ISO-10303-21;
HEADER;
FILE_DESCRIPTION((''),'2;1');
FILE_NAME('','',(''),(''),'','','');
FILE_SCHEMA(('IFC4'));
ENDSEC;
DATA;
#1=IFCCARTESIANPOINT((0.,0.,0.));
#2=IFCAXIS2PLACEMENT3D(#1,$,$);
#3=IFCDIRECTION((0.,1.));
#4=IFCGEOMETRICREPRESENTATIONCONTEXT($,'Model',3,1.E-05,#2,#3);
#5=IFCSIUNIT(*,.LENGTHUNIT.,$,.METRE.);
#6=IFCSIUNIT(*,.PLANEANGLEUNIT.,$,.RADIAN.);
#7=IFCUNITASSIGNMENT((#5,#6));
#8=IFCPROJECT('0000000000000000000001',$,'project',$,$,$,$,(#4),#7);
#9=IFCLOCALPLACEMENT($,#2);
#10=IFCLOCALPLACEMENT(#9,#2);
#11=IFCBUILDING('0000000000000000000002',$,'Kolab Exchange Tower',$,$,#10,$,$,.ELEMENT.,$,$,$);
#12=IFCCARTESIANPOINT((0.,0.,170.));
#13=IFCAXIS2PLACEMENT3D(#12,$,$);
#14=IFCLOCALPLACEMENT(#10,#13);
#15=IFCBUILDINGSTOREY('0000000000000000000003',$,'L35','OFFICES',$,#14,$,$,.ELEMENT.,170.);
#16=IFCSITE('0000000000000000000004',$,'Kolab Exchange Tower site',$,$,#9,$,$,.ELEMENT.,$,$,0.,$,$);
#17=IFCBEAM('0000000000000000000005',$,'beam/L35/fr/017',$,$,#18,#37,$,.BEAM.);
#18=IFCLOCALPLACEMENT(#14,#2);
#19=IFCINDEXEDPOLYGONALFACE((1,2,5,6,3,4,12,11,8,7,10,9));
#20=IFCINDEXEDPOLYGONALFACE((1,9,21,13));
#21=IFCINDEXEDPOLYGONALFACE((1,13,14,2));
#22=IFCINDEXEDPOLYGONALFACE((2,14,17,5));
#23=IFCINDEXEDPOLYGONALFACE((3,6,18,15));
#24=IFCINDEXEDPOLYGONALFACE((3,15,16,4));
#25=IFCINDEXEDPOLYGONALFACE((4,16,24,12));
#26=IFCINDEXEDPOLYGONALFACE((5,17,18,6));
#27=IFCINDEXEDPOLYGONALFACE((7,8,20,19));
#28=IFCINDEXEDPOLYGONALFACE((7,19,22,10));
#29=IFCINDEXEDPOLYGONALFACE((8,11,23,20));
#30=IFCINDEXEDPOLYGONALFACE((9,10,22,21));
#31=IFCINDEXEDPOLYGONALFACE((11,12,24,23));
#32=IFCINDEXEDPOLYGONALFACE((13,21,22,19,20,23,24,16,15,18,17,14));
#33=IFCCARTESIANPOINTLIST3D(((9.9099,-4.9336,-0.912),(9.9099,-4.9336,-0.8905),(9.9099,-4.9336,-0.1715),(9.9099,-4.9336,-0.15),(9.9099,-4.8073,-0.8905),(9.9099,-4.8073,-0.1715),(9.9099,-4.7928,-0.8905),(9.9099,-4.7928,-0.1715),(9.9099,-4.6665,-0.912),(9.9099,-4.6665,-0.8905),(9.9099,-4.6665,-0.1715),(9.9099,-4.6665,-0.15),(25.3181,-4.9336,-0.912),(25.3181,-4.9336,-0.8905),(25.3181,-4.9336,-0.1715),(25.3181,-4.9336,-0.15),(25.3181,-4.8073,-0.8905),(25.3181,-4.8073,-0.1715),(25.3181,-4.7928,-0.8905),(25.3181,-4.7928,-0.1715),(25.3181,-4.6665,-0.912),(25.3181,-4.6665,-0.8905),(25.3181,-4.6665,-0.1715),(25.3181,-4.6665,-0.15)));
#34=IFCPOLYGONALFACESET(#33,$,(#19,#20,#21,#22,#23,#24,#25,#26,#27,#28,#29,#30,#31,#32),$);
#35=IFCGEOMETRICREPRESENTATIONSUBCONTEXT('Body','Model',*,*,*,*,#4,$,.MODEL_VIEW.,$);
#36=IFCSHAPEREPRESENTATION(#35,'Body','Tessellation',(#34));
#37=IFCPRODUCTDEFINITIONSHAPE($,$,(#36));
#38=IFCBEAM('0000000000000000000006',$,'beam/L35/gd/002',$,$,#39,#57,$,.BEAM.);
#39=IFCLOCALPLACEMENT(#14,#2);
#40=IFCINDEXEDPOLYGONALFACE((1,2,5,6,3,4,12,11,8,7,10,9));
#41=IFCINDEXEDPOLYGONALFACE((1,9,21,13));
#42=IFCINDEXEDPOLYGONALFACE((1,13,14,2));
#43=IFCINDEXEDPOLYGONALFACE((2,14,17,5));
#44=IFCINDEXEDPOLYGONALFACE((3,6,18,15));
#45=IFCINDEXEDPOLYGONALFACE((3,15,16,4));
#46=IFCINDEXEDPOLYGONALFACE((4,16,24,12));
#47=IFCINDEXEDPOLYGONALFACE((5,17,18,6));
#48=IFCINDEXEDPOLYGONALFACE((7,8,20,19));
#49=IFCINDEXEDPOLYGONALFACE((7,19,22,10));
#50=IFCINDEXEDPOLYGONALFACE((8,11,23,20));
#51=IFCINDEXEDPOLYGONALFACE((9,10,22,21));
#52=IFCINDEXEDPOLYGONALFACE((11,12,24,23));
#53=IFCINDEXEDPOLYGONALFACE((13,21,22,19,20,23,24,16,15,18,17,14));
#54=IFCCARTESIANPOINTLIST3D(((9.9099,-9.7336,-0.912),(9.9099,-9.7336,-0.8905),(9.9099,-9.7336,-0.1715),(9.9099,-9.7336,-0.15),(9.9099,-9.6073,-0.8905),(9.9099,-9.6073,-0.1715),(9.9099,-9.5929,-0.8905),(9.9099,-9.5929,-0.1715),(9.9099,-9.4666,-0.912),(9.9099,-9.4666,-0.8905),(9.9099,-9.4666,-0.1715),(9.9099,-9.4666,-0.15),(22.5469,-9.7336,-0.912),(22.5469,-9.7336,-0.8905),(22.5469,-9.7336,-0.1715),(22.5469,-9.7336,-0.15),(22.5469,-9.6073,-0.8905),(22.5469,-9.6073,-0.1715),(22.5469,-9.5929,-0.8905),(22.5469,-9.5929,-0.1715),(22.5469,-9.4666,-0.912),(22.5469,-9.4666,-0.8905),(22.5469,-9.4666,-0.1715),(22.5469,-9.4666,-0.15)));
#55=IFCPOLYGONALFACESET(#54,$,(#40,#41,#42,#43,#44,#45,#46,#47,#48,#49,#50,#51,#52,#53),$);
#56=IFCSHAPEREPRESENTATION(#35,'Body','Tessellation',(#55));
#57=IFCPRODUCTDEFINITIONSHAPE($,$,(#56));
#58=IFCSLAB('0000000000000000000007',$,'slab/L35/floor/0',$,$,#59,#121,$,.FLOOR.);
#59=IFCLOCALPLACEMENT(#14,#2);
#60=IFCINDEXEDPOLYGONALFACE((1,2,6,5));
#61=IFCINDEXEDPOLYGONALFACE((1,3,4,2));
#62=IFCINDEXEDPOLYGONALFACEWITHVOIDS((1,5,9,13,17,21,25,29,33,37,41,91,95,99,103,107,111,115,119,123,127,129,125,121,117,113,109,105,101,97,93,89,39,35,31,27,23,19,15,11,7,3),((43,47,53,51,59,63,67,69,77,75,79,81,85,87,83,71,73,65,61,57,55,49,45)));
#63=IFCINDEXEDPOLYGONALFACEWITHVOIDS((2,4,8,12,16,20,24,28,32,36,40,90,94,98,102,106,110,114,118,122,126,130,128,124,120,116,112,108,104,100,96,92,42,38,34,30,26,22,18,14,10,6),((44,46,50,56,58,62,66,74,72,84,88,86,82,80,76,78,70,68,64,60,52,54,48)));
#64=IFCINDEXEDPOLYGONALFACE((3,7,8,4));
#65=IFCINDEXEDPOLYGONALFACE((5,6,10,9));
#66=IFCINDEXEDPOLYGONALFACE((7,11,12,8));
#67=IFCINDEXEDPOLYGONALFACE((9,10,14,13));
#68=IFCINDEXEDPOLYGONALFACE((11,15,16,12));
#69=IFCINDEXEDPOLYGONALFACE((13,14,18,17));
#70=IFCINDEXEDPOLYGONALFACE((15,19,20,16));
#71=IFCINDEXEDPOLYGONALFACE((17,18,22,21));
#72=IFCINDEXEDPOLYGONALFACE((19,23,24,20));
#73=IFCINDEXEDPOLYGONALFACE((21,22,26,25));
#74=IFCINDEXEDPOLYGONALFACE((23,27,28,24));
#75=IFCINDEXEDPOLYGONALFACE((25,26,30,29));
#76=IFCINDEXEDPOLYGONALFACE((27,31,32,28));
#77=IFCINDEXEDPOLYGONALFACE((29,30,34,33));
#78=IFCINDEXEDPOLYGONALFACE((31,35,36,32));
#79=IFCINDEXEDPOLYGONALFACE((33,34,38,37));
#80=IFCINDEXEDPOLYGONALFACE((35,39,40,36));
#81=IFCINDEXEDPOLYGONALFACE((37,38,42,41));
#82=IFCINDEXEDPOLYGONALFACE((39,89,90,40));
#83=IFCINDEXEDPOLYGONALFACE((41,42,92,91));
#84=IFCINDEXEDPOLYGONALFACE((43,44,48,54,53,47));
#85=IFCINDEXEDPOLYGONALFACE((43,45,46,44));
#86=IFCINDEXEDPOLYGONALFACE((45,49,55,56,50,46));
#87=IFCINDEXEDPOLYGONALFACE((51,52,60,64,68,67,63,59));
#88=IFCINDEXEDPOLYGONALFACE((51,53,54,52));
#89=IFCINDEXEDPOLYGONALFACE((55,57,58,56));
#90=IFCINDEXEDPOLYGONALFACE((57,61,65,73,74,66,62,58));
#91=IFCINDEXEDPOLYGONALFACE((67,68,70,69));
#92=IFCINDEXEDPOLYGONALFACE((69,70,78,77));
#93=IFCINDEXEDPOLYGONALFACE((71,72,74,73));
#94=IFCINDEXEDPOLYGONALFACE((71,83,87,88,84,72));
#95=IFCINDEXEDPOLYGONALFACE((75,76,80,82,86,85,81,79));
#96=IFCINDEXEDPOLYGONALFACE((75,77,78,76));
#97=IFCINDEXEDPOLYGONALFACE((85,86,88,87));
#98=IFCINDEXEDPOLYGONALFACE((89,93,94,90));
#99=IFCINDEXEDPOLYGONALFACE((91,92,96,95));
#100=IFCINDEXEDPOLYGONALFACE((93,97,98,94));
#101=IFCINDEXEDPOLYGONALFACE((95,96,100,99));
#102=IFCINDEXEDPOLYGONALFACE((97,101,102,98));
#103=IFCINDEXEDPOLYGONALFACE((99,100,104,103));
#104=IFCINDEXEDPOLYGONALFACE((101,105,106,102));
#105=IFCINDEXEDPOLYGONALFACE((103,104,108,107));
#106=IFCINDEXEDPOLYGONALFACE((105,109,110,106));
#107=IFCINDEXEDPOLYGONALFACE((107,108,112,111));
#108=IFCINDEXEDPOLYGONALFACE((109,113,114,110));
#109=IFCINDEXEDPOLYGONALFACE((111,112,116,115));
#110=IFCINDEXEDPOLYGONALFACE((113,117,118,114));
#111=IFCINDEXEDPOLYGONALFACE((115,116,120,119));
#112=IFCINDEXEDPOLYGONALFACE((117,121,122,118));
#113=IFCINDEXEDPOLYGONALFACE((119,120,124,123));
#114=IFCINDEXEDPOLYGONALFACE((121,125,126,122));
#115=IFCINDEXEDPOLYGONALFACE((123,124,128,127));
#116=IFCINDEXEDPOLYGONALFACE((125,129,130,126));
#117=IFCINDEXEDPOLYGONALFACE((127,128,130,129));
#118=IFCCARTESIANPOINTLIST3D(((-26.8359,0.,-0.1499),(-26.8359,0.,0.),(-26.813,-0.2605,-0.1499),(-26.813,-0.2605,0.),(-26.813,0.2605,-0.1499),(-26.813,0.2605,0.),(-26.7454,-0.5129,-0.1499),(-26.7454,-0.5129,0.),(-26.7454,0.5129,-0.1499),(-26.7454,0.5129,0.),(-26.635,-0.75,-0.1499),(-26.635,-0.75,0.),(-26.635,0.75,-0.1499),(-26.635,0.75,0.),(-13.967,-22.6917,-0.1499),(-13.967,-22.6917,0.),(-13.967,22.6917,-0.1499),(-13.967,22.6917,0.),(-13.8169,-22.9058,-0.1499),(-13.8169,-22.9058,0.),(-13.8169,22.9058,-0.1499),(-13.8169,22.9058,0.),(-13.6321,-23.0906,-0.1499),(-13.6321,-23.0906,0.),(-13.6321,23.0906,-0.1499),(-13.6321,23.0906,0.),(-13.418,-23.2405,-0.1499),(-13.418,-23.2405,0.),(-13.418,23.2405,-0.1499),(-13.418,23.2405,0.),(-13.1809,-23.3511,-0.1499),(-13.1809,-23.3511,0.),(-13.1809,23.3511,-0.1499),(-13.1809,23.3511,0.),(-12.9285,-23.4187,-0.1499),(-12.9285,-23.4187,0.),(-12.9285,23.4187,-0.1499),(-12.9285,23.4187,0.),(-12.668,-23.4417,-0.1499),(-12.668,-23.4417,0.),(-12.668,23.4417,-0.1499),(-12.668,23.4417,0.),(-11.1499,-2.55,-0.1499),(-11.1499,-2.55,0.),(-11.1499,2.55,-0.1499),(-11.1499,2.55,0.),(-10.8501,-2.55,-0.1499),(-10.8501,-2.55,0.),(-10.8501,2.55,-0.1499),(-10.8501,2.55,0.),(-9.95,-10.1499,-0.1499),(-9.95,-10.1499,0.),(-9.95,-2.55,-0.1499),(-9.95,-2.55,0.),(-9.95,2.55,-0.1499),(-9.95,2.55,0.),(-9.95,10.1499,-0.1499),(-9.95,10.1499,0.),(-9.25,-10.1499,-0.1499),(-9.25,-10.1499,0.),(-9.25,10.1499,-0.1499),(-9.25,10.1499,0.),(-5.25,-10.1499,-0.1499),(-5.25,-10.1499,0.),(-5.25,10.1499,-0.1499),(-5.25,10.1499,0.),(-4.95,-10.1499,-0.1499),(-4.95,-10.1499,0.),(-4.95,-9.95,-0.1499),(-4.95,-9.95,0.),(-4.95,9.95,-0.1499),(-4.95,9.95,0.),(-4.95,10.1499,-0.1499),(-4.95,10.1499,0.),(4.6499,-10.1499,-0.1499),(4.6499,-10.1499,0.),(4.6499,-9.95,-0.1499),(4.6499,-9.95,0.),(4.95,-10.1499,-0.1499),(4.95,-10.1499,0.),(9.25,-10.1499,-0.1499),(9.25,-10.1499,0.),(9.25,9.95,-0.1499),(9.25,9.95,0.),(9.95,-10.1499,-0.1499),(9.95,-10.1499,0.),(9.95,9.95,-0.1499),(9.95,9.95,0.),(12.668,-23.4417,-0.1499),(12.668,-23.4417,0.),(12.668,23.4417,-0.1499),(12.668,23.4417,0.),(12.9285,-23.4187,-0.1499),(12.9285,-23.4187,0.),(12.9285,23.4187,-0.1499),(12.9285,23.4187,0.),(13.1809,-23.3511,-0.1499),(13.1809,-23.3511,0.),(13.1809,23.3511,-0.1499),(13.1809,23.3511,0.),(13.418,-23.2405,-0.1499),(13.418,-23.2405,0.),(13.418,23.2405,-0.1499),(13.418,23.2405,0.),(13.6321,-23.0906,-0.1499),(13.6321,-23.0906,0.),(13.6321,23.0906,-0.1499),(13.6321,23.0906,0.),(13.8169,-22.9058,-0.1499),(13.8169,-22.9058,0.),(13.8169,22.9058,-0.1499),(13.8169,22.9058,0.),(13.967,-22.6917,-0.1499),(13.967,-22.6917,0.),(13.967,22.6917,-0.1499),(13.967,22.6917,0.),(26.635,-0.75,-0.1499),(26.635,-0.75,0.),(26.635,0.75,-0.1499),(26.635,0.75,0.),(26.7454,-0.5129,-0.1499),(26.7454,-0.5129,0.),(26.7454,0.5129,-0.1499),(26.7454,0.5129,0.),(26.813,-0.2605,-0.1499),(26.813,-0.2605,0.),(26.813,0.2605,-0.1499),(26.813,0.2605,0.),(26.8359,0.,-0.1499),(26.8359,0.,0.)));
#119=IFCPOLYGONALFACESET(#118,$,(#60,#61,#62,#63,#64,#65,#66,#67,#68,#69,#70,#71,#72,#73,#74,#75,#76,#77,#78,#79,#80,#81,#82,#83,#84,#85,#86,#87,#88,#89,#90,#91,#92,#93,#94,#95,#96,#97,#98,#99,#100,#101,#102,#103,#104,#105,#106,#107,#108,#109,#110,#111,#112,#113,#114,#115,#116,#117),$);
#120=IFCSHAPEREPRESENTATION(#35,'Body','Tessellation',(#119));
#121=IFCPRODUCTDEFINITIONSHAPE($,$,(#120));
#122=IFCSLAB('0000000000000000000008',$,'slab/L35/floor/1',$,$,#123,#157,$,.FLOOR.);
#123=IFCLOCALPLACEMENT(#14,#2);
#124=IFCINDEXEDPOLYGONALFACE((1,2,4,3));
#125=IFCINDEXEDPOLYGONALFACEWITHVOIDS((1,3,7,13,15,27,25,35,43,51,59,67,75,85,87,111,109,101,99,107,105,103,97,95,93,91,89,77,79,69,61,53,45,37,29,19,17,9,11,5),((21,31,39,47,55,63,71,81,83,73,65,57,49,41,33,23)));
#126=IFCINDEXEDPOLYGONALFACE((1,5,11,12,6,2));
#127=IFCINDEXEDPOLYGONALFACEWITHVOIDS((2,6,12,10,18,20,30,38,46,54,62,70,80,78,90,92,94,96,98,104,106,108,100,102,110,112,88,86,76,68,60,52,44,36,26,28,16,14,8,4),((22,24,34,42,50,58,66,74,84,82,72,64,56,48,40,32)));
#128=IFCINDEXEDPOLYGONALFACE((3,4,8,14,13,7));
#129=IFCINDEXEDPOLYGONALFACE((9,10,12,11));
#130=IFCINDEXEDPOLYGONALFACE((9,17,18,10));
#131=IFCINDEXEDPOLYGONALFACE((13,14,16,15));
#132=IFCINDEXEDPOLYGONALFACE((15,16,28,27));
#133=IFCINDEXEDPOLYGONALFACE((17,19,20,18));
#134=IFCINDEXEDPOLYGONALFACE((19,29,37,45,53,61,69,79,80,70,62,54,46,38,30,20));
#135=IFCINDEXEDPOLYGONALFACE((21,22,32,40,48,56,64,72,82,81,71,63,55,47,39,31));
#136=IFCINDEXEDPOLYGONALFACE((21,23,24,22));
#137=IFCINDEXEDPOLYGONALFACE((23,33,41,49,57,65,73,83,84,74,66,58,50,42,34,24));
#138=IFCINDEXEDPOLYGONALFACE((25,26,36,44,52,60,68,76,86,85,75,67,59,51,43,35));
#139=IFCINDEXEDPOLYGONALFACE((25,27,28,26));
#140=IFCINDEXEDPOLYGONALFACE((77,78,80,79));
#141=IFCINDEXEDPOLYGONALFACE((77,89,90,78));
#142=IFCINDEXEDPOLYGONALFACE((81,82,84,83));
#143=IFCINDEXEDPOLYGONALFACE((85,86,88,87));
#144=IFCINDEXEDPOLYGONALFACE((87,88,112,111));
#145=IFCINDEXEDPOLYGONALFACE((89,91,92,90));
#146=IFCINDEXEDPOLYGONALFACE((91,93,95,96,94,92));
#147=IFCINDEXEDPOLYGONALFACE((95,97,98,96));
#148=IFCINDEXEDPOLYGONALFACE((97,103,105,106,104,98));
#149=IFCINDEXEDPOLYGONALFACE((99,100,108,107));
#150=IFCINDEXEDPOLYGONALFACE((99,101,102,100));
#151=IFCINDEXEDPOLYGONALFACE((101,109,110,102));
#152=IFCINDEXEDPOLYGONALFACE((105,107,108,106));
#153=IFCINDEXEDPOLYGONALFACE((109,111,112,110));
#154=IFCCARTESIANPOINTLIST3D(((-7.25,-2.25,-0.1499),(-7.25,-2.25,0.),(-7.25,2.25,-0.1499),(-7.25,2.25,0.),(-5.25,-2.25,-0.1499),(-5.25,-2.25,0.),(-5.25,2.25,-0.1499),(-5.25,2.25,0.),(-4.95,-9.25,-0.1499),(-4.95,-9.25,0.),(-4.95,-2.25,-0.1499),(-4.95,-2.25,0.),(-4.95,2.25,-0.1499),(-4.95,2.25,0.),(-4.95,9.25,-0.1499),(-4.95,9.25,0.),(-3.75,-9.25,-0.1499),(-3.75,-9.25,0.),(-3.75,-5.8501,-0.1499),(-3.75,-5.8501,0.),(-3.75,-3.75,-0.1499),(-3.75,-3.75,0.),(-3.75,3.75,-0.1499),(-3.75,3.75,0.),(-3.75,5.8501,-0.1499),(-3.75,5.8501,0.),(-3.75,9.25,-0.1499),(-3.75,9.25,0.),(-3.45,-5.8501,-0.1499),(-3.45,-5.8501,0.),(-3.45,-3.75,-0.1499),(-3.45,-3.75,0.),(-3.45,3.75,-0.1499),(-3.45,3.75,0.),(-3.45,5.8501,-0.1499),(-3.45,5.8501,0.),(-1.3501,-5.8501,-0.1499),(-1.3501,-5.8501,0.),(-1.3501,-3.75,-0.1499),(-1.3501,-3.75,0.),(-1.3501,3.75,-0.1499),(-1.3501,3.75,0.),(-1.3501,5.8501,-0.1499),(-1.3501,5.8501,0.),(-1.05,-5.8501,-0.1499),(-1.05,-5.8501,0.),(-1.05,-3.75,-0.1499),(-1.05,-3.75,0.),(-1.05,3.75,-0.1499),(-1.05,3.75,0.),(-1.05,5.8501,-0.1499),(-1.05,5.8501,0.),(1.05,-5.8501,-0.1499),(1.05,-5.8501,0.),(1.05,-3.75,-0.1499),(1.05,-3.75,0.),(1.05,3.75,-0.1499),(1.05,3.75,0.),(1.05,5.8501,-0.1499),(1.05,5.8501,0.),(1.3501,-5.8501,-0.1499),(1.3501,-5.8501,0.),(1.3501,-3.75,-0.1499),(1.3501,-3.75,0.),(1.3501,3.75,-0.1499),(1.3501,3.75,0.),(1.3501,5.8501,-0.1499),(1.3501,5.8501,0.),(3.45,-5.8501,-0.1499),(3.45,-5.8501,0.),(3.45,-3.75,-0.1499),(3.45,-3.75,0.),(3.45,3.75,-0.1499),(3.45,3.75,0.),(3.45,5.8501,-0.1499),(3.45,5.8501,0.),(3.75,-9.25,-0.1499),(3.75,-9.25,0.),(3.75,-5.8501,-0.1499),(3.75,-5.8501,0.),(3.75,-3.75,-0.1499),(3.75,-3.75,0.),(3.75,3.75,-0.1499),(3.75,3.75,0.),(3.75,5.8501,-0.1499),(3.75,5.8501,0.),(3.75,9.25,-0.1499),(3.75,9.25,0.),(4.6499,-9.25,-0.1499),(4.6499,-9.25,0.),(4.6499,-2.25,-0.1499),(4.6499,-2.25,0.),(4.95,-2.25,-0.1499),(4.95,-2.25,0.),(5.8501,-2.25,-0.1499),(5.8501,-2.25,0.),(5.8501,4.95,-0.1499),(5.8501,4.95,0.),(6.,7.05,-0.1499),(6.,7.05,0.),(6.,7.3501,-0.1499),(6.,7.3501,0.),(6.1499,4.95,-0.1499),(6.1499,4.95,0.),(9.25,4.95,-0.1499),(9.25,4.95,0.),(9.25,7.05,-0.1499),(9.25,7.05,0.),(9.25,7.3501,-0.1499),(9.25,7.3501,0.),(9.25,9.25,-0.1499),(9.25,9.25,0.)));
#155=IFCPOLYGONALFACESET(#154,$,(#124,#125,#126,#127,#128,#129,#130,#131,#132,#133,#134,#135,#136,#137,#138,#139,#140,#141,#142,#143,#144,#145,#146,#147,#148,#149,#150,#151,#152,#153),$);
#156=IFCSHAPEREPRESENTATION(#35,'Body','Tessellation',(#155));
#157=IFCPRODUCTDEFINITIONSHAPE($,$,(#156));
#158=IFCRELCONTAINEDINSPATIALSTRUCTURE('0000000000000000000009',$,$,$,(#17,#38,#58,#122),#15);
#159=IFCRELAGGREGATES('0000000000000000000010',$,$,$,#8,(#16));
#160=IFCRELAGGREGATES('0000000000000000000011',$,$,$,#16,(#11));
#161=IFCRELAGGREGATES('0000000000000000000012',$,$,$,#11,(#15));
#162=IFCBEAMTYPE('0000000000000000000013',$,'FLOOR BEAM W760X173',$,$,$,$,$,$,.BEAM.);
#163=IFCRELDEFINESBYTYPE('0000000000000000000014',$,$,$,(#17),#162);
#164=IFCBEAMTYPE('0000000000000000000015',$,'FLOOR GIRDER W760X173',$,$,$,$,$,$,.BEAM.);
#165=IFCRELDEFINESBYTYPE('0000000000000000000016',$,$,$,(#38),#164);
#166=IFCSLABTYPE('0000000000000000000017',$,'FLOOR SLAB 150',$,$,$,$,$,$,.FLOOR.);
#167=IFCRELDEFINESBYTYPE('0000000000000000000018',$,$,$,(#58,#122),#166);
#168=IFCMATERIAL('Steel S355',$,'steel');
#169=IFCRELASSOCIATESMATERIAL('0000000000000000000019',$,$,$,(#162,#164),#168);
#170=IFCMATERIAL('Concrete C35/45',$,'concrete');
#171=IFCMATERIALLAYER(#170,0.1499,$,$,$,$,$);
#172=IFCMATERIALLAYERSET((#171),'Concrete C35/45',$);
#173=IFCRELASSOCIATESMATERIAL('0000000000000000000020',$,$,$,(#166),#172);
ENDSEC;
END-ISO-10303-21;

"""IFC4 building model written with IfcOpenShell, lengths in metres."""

from ifc_helpers import new_model, si_unit, direction, frame, origin, origin_2d, place, context, subcontext, project, spatial, polyline, i_section, outline, extrude, material, layer, layer_set, material_profile, profile_set, type_object, element, save


model = new_model("IFC4")

# Units and contexts
model_context = context("Model", 3, precision=1e-05, world=origin(), true_north=direction((0.0, 1.0)))
body_context = subcontext(model_context, "Body", "Model", "MODEL_VIEW")
ifc_project = project(units=[si_unit("LENGTHUNIT", "METRE"), si_unit("PLANEANGLEUNIT", "RADIAN")], contexts=[model_context])

# Site, building, storey
site_placement = place(None, origin())
site = spatial("IfcSite", under=ifc_project, at=site_placement, Name="Kolab Exchange Tower site", CompositionType="ELEMENT", RefElevation=0.0)
building_placement = place(site_placement, origin())
building = spatial("IfcBuilding", under=site, at=building_placement, Name="Kolab Exchange Tower", CompositionType="ELEMENT")
storey_placement = place(building_placement, frame((0.0, 0.0, 170.0)))
storey = spatial("IfcBuildingStorey", under=building, at=storey_placement, Name="L35", Description="OFFICES", CompositionType="ELEMENT", Elevation=170.0)

# Beams
ifc_material_1 = material(Name="Steel S355", Category="steel")
ifc_material_profile_1 = material_profile(ifc_material_1, i_section(OverallWidth=0.2671, OverallDepth=0.762, WebThickness=0.0144, FlangeThickness=0.0215, at=origin_2d()), Name="W760X173")
ifc_profile_set_1 = profile_set([ifc_material_profile_1], Name="Steel S355")
beam_type_1 = type_object("IfcBeamType", Name="FLOOR BEAM W760X173", PredefinedType="BEAM", material=ifc_profile_set_1)
beam_1_placement = place(storey_placement, frame((9.9099, -4.8, -0.531), z_axis=(1.0, 0.0, 0.0), x_axis=(0.0, 1.0, 0.0)))
element("IfcBeam", 1, at=beam_1_placement, inside=storey, type_object=beam_type_1, Name="beam/L35/fr/017", PredefinedType="BEAM", context=body_context, shape_type="SweptSolid", body=[
    extrude(i_section(OverallWidth=0.2671, OverallDepth=0.762, WebThickness=0.0144, FlangeThickness=0.0215, at=origin_2d()), origin(), (0.0, 0.0, 1.0), 15.4082),
])
ifc_material_profile_2 = material_profile(ifc_material_1, i_section(OverallWidth=0.2671, OverallDepth=0.762, WebThickness=0.0144, FlangeThickness=0.0215, at=origin_2d()), Name="W760X173")
ifc_profile_set_2 = profile_set([ifc_material_profile_2], Name="Steel S355")
beam_type_2 = type_object("IfcBeamType", Name="FLOOR GIRDER W760X173", PredefinedType="BEAM", material=ifc_profile_set_2)
beam_2_placement = place(storey_placement, frame((9.9099, -9.6001, -0.531), z_axis=(1.0, 0.0, 0.0), x_axis=(0.0, 1.0, 0.0)))
element("IfcBeam", 2, at=beam_2_placement, inside=storey, type_object=beam_type_2, Name="beam/L35/gd/002", PredefinedType="BEAM", context=body_context, shape_type="SweptSolid", body=[
    extrude(i_section(OverallWidth=0.2671, OverallDepth=0.762, WebThickness=0.0144, FlangeThickness=0.0215, at=origin_2d()), origin(), (0.0, 0.0, 1.0), 12.637),
])

# Slabs
ifc_material_2 = material(Name="Concrete C35/45", Category="concrete")
ifc_layer_1 = layer(ifc_material_2, 0.1499)
ifc_layer_set_1 = layer_set([ifc_layer_1], Name="Concrete C35/45")
slab_type_1 = type_object("IfcSlabType", Name="FLOOR SLAB 150", PredefinedType="FLOOR", material=ifc_layer_set_1)
slab_1_placement = place(storey_placement, frame((0.0, 0.0, -0.1499)))
element("IfcSlab", 3, at=slab_1_placement, inside=storey, type_object=slab_type_1, Name="slab/L35/floor/0", PredefinedType="FLOOR", context=body_context, shape_type="SweptSolid", body=[
    extrude(outline(polyline([(13.967, -22.6917), (26.635, -0.75), (26.7454, -0.5129), (26.813, -0.2605), (26.8359, 0.0), (26.813, 0.2605), (26.7454, 0.5129), (26.635, 0.75), (13.967, 22.6917), (13.8169, 22.9058), (13.6321, 23.0906), (13.418, 23.2405), (13.1809, 23.3511), (12.9285, 23.4187), (12.668, 23.4417), (-12.668, 23.4417), (-12.9285, 23.4187), (-13.1809, 23.3511), (-13.418, 23.2405), (-13.6321, 23.0906), (-13.8169, 22.9058), (-13.967, 22.6917), (-26.635, 0.75), (-26.7454, 0.5129), (-26.813, 0.2605), (-26.8359, 0.0), (-26.813, -0.2605), (-26.7454, -0.5129), (-26.635, -0.75), (-13.967, -22.6917), (-13.8169, -22.9058), (-13.6321, -23.0906), (-13.418, -23.2405), (-13.1809, -23.3511), (-12.9285, -23.4187), (-12.668, -23.4417), (12.668, -23.4417), (12.9285, -23.4187), (13.1809, -23.3511), (13.418, -23.2405), (13.6321, -23.0906), (13.8169, -22.9058), (13.967, -22.6917)]), holes=[polyline([(-9.25, -10.1499), (-9.95, -10.1499), (-9.95, -2.55), (-10.8501, -2.55), (-11.1499, -2.55), (-11.1499, 2.55), (-10.8501, 2.55), (-9.95, 2.55), (-9.95, 10.1499), (-9.25, 10.1499), (-5.25, 10.1499), (-4.95, 10.1499), (-4.95, 9.95), (9.25, 9.95), (9.95, 9.95), (9.95, -10.1499), (9.25, -10.1499), (4.95, -10.1499), (4.6499, -10.1499), (4.6499, -9.95), (-4.95, -9.95), (-4.95, -10.1499), (-5.25, -10.1499), (-9.25, -10.1499)])]), origin(), (0.0, 0.0, 1.0), 0.1499),
])
slab_2_placement = place(storey_placement, frame((0.0, 0.0, -0.1499)))
element("IfcSlab", 4, at=slab_2_placement, inside=storey, type_object=slab_type_1, Name="slab/L35/floor/1", PredefinedType="FLOOR", context=body_context, shape_type="SweptSolid", body=[
    extrude(outline(polyline([(-4.95, 9.25), (-4.95, 2.25), (-5.25, 2.25), (-7.25, 2.25), (-7.25, -2.25), (-5.25, -2.25), (-4.95, -2.25), (-4.95, -9.25), (-3.75, -9.25), (-3.75, -5.8501), (-3.45, -5.8501), (-1.3501, -5.8501), (-1.05, -5.8501), (1.05, -5.8501), (1.3501, -5.8501), (3.45, -5.8501), (3.75, -5.8501), (3.75, -9.25), (4.6499, -9.25), (4.6499, -2.25), (4.95, -2.25), (5.8501, -2.25), (5.8501, 4.95), (6.1499, 4.95), (9.25, 4.95), (9.25, 7.05), (6.0, 7.05), (6.0, 7.3501), (9.25, 7.3501), (9.25, 9.25), (3.75, 9.25), (3.75, 5.8501), (3.45, 5.8501), (1.3501, 5.8501), (1.05, 5.8501), (-1.05, 5.8501), (-1.3501, 5.8501), (-3.45, 5.8501), (-3.75, 5.8501), (-3.75, 9.25), (-4.95, 9.25)]), holes=[polyline([(-3.45, -3.75), (-3.75, -3.75), (-3.75, 3.75), (-3.45, 3.75), (-1.3501, 3.75), (-1.05, 3.75), (1.05, 3.75), (1.3501, 3.75), (3.45, 3.75), (3.75, 3.75), (3.75, -3.75), (3.45, -3.75), (1.3501, -3.75), (1.05, -3.75), (-1.05, -3.75), (-1.3501, -3.75), (-3.45, -3.75)])]), origin(), (0.0, 0.0, 1.0), 0.1499),
])

save(model, "model.ifc")
